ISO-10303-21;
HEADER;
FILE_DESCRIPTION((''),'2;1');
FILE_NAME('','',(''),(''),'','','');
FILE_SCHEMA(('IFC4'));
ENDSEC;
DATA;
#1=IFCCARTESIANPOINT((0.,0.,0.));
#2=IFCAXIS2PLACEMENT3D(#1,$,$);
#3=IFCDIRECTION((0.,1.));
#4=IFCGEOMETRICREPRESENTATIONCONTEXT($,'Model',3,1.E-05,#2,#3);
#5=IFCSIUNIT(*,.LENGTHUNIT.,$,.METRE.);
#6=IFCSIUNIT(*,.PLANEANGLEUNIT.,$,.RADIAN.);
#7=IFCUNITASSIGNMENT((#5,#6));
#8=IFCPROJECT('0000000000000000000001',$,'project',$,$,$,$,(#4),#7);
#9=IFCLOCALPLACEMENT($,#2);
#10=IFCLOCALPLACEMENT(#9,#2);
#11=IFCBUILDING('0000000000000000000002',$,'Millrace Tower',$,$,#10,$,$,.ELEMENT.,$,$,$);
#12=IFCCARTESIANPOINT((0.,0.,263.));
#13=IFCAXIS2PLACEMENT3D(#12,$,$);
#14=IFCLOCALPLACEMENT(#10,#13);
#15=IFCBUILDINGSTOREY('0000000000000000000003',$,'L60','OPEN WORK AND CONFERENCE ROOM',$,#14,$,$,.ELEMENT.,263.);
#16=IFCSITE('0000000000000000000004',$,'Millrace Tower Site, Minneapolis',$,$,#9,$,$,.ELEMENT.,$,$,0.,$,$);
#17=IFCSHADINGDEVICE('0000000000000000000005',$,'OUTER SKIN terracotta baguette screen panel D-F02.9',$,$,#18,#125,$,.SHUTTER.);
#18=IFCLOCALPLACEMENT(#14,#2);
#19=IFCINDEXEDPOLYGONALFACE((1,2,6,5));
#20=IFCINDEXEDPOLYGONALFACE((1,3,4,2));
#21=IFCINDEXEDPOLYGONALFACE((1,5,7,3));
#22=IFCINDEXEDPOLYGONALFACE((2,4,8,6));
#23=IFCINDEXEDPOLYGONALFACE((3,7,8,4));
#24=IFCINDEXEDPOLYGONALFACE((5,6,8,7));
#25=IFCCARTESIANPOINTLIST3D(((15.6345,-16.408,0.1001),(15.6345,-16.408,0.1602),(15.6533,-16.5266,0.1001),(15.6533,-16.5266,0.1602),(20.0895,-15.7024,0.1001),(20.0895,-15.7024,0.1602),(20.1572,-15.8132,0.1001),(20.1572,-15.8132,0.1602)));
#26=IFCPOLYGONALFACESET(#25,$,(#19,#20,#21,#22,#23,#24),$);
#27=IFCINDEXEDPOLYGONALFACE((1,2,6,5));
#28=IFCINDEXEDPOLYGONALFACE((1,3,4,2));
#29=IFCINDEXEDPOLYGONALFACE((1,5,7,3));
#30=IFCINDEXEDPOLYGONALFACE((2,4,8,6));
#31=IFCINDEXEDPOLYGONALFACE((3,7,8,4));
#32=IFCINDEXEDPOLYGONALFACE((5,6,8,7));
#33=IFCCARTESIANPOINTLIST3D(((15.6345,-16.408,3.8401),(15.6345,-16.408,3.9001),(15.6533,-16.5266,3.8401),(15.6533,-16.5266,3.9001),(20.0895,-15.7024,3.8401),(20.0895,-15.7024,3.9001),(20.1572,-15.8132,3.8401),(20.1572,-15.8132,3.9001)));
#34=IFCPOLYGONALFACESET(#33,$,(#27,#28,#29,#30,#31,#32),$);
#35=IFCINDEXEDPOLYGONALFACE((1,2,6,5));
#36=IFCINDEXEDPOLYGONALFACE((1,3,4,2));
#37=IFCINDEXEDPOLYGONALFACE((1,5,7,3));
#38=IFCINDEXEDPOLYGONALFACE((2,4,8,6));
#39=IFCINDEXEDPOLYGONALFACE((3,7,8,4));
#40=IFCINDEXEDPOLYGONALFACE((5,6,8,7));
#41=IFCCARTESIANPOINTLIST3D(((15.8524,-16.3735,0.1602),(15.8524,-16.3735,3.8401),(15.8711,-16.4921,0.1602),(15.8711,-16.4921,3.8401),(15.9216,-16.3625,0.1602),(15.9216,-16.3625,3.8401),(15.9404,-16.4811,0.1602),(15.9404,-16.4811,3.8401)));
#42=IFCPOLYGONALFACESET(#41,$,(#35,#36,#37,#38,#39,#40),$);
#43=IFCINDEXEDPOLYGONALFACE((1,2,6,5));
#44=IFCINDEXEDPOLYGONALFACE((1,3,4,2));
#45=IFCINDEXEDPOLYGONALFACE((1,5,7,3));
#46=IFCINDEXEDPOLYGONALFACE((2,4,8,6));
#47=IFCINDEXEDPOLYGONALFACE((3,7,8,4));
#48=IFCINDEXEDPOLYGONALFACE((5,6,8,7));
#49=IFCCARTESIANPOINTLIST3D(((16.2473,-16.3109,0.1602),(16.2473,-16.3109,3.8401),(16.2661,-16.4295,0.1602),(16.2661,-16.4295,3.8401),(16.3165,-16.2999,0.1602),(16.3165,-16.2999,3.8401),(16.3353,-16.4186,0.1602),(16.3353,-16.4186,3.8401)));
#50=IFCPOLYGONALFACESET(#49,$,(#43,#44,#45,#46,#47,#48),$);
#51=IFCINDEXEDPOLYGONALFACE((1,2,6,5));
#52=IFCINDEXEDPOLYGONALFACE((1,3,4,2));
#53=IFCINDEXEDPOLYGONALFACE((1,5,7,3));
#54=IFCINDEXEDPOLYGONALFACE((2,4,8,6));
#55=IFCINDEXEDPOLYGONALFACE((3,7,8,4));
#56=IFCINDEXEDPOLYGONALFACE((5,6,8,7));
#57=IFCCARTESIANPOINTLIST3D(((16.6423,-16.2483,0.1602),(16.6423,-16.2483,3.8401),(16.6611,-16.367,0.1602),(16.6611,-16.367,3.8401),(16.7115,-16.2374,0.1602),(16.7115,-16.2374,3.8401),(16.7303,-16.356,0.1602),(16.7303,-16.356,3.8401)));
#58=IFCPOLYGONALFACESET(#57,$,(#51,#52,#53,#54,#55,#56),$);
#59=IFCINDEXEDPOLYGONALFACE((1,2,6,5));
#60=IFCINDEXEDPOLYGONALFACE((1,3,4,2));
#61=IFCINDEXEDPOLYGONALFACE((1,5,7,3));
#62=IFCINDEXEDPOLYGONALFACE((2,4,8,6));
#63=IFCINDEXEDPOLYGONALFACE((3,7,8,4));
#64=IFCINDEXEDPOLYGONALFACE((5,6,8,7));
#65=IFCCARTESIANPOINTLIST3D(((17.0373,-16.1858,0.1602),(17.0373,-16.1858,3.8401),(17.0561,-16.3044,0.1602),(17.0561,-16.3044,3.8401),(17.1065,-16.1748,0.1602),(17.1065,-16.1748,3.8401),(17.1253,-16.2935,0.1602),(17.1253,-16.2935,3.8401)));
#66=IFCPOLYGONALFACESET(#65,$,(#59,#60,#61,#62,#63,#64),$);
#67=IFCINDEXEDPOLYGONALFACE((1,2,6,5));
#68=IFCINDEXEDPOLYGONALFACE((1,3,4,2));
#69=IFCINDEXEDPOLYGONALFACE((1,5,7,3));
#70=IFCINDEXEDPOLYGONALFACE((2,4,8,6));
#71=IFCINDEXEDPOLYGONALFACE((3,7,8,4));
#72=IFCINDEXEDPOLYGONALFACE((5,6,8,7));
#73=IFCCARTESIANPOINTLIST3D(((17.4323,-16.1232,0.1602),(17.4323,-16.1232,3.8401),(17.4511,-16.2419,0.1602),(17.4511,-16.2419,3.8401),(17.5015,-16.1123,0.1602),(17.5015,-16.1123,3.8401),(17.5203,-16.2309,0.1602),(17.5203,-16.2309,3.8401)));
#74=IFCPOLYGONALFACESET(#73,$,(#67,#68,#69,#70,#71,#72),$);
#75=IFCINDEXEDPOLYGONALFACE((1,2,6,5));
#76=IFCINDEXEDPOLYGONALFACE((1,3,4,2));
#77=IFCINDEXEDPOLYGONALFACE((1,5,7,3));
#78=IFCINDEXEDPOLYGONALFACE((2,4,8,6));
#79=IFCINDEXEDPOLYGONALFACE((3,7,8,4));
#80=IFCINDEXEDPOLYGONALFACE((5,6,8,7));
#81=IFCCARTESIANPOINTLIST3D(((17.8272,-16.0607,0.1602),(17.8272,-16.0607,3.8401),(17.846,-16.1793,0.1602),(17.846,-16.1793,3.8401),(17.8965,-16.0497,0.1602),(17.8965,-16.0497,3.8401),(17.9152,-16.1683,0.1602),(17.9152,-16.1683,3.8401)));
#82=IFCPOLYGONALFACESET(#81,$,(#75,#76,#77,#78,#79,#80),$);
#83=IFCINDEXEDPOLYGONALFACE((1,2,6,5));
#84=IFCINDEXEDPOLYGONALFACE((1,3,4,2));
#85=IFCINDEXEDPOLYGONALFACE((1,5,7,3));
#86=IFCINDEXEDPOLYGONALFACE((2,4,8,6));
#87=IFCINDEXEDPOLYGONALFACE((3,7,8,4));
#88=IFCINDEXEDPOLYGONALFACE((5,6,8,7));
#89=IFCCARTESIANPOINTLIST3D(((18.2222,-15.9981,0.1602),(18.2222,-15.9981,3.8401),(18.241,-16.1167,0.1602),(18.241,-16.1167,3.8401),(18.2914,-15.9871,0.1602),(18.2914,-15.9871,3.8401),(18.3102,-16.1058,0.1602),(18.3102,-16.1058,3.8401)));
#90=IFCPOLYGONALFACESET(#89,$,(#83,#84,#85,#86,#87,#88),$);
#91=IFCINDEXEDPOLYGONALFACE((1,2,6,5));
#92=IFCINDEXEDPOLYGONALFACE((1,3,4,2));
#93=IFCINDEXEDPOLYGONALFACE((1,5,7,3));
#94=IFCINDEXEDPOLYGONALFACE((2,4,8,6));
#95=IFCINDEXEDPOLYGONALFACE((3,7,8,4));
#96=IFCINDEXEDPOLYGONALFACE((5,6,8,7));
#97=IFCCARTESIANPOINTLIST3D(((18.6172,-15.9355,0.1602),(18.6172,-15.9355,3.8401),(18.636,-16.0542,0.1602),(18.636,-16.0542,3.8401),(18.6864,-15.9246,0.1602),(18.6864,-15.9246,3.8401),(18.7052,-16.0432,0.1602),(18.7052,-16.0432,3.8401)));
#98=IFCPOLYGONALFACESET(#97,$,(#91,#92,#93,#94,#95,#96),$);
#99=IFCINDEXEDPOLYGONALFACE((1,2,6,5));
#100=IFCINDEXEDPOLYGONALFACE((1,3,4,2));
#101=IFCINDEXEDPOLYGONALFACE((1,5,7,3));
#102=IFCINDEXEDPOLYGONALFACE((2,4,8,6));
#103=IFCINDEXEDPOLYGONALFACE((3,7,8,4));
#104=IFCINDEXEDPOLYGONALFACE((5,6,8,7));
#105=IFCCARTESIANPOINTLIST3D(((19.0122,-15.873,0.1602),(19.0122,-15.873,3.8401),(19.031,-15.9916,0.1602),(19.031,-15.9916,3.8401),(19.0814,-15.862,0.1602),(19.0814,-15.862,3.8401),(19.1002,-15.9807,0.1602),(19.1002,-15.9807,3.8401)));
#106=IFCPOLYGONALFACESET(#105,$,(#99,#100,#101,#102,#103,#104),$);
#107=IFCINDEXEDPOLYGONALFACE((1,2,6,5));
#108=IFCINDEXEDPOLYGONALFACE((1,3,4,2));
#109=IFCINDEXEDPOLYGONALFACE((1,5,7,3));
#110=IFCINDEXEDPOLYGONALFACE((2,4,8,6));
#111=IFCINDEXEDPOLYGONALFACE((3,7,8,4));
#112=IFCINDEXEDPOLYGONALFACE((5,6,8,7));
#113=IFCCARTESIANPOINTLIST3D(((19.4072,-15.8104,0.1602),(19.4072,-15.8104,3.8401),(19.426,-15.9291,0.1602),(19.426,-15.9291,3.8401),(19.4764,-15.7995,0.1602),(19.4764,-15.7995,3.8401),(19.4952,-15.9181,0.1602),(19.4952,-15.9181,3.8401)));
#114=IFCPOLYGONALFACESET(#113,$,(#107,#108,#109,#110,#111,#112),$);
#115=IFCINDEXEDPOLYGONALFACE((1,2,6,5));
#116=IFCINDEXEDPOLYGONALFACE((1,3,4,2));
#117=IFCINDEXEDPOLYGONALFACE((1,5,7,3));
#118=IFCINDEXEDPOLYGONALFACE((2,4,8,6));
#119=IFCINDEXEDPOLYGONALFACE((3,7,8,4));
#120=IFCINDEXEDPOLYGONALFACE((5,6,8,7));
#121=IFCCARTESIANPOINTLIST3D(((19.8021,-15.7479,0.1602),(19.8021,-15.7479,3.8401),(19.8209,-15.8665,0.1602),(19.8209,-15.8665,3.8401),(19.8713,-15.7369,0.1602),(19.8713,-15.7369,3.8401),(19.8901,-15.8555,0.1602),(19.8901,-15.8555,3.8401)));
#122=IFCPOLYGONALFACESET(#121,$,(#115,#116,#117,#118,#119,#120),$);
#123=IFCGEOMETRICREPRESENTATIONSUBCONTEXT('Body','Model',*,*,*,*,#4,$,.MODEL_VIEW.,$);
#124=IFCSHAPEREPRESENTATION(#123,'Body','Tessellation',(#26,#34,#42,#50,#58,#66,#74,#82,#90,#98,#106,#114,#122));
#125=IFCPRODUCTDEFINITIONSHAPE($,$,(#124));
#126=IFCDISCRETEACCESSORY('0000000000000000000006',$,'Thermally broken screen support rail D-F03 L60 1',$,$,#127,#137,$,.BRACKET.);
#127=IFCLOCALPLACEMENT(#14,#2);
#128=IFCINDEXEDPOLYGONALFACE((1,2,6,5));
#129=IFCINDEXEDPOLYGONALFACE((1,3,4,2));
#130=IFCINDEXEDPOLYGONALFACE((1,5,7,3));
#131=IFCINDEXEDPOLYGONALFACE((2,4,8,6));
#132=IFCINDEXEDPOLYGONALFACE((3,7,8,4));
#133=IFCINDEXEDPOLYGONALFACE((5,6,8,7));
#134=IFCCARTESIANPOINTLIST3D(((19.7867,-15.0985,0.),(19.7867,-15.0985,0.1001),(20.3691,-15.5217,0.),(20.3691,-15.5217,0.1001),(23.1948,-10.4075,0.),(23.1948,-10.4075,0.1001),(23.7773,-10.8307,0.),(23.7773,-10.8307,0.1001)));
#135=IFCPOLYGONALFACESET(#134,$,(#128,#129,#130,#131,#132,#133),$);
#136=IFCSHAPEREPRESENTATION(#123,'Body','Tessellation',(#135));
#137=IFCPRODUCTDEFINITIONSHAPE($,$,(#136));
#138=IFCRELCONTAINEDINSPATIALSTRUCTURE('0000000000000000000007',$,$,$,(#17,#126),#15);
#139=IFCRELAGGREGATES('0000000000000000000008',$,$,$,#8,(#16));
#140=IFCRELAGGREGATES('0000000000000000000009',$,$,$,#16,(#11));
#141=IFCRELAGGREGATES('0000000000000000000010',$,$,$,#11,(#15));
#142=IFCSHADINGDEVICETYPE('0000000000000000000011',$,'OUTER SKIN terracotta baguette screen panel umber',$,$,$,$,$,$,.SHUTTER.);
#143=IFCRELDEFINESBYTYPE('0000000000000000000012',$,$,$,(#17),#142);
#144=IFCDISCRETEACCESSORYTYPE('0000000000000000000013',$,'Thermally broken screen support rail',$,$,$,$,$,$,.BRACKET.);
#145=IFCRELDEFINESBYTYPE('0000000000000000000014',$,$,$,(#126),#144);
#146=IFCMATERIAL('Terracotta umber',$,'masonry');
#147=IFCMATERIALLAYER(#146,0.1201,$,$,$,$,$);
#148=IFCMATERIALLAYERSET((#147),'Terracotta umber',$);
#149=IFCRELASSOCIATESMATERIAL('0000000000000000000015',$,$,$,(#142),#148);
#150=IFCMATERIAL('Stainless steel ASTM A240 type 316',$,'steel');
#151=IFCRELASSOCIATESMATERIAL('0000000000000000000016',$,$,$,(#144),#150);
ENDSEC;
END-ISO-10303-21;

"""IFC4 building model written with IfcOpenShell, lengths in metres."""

from ifc_helpers import new_model, entity, si_unit, direction, frame, frame_2d, origin, origin_2d, place, context, subcontext, project, spatial, rectangle, extrude, source, transform, mapped, material, layer, layer_set, type_object, element, save


model = new_model("IFC4")

# Units and contexts
model_context = context("Model", 3, precision=1e-05, world=origin(), true_north=direction((0.0, 1.0)))
body_context = subcontext(model_context, "Body", "Model", "MODEL_VIEW")
ifc_project = project(units=[si_unit("LENGTHUNIT", "METRE"), si_unit("PLANEANGLEUNIT", "RADIAN")], contexts=[model_context])

# Site, building, storey
site_placement = place(None, origin())
site = spatial("IfcSite", under=ifc_project, at=site_placement, Name="Millrace Tower Site, Minneapolis", CompositionType="ELEMENT", RefElevation=0.0)
building_placement = place(site_placement, origin())
building = spatial("IfcBuilding", under=site, at=building_placement, Name="Millrace Tower", CompositionType="ELEMENT")
storey_placement = place(building_placement, frame((0.0, 0.0, 263.0)))
storey = spatial("IfcBuildingStorey", under=building, at=storey_placement, Name="L60", Description="OPEN WORK AND CONFERENCE ROOM", CompositionType="ELEMENT", Elevation=263.0)

# Shading device
ifc_material_1 = material(Name="Terracotta umber", Category="masonry")
ifc_layer_1 = layer(ifc_material_1, 0.1201)
ifc_layer_set_1 = layer_set([ifc_layer_1], Name="Terracotta umber")
shading_device_type = type_object("IfcShadingDeviceType", Name="OUTER SKIN terracotta baguette screen panel umber", PredefinedType="SHUTTER", material=ifc_layer_set_1)
cartesian_point_1 = entity("IfcCartesianPoint", [-2.2676, 0.0601])
shared_polyline_1 = entity("IfcPolyline", [cartesian_point_1, entity("IfcCartesianPoint", [2.2429, 0.0601]), entity("IfcCartesianPoint", [2.2925, -0.0601]), entity("IfcCartesianPoint", [-2.2676, -0.0601]), cartesian_point_1])
shared_shape_1 = source(origin(), body_context, "Body", "SweptSolid", [
    entity("IfcExtrudedAreaSolid", entity("IfcArbitraryClosedProfileDef", "AREA", None, shared_polyline_1), entity("IfcAxis2Placement3D", entity("IfcCartesianPoint", [0.0, 0.0, 0.0])), entity("IfcDirection", [0.0, 0.0, 1.0]), 0.0601),
    entity("IfcExtrudedAreaSolid", entity("IfcArbitraryClosedProfileDef", "AREA", None, shared_polyline_1), entity("IfcAxis2Placement3D", entity("IfcCartesianPoint", [0.0, 0.0, 3.74])), entity("IfcDirection", [0.0, 0.0, 1.0]), 0.0601),
    extrude(rectangle(XDim=0.0701, YDim=0.1201, at=frame_2d((-2.012, 0.0))), frame((0.0, 0.0, 0.0601)), (0.0, 0.0, 1.0), 3.6799),
    extrude(rectangle(XDim=0.0701, YDim=0.1201, at=frame_2d((-1.6121, 0.0))), frame((0.0, 0.0, 0.0601)), (0.0, 0.0, 1.0), 3.6799),
    extrude(rectangle(XDim=0.0701, YDim=0.1201, at=frame_2d((-1.2122, 0.0))), frame((0.0, 0.0, 0.0601)), (0.0, 0.0, 1.0), 3.6799),
    extrude(rectangle(XDim=0.0701, YDim=0.1201, at=frame_2d((-0.8123, 0.0))), frame((0.0, 0.0, 0.0601)), (0.0, 0.0, 1.0), 3.6799),
    extrude(rectangle(XDim=0.0701, YDim=0.1201, at=frame_2d((-0.4124, 0.0))), frame((0.0, 0.0, 0.0601)), (0.0, 0.0, 1.0), 3.6799),
    extrude(rectangle(XDim=0.0701, YDim=0.1201, at=frame_2d((-0.0125, 0.0))), frame((0.0, 0.0, 0.0601)), (0.0, 0.0, 1.0), 3.6799),
    extrude(rectangle(XDim=0.0701, YDim=0.1201, at=frame_2d((0.3875, 0.0))), frame((0.0, 0.0, 0.0601)), (0.0, 0.0, 1.0), 3.6799),
    extrude(rectangle(XDim=0.0701, YDim=0.1201, at=frame_2d((0.7874, 0.0))), frame((0.0, 0.0, 0.0601)), (0.0, 0.0, 1.0), 3.6799),
    extrude(rectangle(XDim=0.0701, YDim=0.1201, at=frame_2d((1.1873, 0.0))), frame((0.0, 0.0, 0.0601)), (0.0, 0.0, 1.0), 3.6799),
    extrude(rectangle(XDim=0.0701, YDim=0.1201, at=frame_2d((1.5872, 0.0))), frame((0.0, 0.0, 0.0601)), (0.0, 0.0, 1.0), 3.6799),
    extrude(rectangle(XDim=0.0701, YDim=0.1201, at=frame_2d((1.9871, 0.0))), frame((0.0, 0.0, 0.0601)), (0.0, 0.0, 1.0), 3.6799),
])
shading_device_1_placement = place(storey_placement, frame((17.8835, -16.1125, 0.1001), z_axis=(0.0, 0.0, 1.0), x_axis=(0.987688, 0.156434, 0.0)))
element("IfcShadingDevice", 1, at=shading_device_1_placement, inside=storey, type_object=shading_device_type, Name="OUTER SKIN terracotta baguette screen panel D-F02.9", PredefinedType="SHUTTER", context=body_context, shape_type="MappedRepresentation", body=[
    mapped(shared_shape_1, transform((0.0, 0.0, 0.0), scale=1.0)),
])

# Discrete accessory
ifc_material_2 = material(Name="Stainless steel ASTM A240 type 316", Category="steel")
discrete_accessory_type = type_object("IfcDiscreteAccessoryType", Name="Thermally broken screen support rail", PredefinedType="BRACKET", material=ifc_material_2)
discrete_accessory_placement = place(storey_placement, frame((21.782, -12.9646, 0.0), z_axis=(0.0, 0.0, 1.0), x_axis=(0.587785, 0.809017, 0.0)))
element("IfcDiscreteAccessory", 2, at=discrete_accessory_placement, inside=storey, type_object=discrete_accessory_type, Name="Thermally broken screen support rail D-F03 L60 1", PredefinedType="BRACKET", context=body_context, shape_type="SweptSolid", body=[
    extrude(rectangle(XDim=5.7983, YDim=0.72, at=origin_2d()), origin(), (0.0, 0.0, 1.0), 0.1001),
])

save(model, "model.ifc")
